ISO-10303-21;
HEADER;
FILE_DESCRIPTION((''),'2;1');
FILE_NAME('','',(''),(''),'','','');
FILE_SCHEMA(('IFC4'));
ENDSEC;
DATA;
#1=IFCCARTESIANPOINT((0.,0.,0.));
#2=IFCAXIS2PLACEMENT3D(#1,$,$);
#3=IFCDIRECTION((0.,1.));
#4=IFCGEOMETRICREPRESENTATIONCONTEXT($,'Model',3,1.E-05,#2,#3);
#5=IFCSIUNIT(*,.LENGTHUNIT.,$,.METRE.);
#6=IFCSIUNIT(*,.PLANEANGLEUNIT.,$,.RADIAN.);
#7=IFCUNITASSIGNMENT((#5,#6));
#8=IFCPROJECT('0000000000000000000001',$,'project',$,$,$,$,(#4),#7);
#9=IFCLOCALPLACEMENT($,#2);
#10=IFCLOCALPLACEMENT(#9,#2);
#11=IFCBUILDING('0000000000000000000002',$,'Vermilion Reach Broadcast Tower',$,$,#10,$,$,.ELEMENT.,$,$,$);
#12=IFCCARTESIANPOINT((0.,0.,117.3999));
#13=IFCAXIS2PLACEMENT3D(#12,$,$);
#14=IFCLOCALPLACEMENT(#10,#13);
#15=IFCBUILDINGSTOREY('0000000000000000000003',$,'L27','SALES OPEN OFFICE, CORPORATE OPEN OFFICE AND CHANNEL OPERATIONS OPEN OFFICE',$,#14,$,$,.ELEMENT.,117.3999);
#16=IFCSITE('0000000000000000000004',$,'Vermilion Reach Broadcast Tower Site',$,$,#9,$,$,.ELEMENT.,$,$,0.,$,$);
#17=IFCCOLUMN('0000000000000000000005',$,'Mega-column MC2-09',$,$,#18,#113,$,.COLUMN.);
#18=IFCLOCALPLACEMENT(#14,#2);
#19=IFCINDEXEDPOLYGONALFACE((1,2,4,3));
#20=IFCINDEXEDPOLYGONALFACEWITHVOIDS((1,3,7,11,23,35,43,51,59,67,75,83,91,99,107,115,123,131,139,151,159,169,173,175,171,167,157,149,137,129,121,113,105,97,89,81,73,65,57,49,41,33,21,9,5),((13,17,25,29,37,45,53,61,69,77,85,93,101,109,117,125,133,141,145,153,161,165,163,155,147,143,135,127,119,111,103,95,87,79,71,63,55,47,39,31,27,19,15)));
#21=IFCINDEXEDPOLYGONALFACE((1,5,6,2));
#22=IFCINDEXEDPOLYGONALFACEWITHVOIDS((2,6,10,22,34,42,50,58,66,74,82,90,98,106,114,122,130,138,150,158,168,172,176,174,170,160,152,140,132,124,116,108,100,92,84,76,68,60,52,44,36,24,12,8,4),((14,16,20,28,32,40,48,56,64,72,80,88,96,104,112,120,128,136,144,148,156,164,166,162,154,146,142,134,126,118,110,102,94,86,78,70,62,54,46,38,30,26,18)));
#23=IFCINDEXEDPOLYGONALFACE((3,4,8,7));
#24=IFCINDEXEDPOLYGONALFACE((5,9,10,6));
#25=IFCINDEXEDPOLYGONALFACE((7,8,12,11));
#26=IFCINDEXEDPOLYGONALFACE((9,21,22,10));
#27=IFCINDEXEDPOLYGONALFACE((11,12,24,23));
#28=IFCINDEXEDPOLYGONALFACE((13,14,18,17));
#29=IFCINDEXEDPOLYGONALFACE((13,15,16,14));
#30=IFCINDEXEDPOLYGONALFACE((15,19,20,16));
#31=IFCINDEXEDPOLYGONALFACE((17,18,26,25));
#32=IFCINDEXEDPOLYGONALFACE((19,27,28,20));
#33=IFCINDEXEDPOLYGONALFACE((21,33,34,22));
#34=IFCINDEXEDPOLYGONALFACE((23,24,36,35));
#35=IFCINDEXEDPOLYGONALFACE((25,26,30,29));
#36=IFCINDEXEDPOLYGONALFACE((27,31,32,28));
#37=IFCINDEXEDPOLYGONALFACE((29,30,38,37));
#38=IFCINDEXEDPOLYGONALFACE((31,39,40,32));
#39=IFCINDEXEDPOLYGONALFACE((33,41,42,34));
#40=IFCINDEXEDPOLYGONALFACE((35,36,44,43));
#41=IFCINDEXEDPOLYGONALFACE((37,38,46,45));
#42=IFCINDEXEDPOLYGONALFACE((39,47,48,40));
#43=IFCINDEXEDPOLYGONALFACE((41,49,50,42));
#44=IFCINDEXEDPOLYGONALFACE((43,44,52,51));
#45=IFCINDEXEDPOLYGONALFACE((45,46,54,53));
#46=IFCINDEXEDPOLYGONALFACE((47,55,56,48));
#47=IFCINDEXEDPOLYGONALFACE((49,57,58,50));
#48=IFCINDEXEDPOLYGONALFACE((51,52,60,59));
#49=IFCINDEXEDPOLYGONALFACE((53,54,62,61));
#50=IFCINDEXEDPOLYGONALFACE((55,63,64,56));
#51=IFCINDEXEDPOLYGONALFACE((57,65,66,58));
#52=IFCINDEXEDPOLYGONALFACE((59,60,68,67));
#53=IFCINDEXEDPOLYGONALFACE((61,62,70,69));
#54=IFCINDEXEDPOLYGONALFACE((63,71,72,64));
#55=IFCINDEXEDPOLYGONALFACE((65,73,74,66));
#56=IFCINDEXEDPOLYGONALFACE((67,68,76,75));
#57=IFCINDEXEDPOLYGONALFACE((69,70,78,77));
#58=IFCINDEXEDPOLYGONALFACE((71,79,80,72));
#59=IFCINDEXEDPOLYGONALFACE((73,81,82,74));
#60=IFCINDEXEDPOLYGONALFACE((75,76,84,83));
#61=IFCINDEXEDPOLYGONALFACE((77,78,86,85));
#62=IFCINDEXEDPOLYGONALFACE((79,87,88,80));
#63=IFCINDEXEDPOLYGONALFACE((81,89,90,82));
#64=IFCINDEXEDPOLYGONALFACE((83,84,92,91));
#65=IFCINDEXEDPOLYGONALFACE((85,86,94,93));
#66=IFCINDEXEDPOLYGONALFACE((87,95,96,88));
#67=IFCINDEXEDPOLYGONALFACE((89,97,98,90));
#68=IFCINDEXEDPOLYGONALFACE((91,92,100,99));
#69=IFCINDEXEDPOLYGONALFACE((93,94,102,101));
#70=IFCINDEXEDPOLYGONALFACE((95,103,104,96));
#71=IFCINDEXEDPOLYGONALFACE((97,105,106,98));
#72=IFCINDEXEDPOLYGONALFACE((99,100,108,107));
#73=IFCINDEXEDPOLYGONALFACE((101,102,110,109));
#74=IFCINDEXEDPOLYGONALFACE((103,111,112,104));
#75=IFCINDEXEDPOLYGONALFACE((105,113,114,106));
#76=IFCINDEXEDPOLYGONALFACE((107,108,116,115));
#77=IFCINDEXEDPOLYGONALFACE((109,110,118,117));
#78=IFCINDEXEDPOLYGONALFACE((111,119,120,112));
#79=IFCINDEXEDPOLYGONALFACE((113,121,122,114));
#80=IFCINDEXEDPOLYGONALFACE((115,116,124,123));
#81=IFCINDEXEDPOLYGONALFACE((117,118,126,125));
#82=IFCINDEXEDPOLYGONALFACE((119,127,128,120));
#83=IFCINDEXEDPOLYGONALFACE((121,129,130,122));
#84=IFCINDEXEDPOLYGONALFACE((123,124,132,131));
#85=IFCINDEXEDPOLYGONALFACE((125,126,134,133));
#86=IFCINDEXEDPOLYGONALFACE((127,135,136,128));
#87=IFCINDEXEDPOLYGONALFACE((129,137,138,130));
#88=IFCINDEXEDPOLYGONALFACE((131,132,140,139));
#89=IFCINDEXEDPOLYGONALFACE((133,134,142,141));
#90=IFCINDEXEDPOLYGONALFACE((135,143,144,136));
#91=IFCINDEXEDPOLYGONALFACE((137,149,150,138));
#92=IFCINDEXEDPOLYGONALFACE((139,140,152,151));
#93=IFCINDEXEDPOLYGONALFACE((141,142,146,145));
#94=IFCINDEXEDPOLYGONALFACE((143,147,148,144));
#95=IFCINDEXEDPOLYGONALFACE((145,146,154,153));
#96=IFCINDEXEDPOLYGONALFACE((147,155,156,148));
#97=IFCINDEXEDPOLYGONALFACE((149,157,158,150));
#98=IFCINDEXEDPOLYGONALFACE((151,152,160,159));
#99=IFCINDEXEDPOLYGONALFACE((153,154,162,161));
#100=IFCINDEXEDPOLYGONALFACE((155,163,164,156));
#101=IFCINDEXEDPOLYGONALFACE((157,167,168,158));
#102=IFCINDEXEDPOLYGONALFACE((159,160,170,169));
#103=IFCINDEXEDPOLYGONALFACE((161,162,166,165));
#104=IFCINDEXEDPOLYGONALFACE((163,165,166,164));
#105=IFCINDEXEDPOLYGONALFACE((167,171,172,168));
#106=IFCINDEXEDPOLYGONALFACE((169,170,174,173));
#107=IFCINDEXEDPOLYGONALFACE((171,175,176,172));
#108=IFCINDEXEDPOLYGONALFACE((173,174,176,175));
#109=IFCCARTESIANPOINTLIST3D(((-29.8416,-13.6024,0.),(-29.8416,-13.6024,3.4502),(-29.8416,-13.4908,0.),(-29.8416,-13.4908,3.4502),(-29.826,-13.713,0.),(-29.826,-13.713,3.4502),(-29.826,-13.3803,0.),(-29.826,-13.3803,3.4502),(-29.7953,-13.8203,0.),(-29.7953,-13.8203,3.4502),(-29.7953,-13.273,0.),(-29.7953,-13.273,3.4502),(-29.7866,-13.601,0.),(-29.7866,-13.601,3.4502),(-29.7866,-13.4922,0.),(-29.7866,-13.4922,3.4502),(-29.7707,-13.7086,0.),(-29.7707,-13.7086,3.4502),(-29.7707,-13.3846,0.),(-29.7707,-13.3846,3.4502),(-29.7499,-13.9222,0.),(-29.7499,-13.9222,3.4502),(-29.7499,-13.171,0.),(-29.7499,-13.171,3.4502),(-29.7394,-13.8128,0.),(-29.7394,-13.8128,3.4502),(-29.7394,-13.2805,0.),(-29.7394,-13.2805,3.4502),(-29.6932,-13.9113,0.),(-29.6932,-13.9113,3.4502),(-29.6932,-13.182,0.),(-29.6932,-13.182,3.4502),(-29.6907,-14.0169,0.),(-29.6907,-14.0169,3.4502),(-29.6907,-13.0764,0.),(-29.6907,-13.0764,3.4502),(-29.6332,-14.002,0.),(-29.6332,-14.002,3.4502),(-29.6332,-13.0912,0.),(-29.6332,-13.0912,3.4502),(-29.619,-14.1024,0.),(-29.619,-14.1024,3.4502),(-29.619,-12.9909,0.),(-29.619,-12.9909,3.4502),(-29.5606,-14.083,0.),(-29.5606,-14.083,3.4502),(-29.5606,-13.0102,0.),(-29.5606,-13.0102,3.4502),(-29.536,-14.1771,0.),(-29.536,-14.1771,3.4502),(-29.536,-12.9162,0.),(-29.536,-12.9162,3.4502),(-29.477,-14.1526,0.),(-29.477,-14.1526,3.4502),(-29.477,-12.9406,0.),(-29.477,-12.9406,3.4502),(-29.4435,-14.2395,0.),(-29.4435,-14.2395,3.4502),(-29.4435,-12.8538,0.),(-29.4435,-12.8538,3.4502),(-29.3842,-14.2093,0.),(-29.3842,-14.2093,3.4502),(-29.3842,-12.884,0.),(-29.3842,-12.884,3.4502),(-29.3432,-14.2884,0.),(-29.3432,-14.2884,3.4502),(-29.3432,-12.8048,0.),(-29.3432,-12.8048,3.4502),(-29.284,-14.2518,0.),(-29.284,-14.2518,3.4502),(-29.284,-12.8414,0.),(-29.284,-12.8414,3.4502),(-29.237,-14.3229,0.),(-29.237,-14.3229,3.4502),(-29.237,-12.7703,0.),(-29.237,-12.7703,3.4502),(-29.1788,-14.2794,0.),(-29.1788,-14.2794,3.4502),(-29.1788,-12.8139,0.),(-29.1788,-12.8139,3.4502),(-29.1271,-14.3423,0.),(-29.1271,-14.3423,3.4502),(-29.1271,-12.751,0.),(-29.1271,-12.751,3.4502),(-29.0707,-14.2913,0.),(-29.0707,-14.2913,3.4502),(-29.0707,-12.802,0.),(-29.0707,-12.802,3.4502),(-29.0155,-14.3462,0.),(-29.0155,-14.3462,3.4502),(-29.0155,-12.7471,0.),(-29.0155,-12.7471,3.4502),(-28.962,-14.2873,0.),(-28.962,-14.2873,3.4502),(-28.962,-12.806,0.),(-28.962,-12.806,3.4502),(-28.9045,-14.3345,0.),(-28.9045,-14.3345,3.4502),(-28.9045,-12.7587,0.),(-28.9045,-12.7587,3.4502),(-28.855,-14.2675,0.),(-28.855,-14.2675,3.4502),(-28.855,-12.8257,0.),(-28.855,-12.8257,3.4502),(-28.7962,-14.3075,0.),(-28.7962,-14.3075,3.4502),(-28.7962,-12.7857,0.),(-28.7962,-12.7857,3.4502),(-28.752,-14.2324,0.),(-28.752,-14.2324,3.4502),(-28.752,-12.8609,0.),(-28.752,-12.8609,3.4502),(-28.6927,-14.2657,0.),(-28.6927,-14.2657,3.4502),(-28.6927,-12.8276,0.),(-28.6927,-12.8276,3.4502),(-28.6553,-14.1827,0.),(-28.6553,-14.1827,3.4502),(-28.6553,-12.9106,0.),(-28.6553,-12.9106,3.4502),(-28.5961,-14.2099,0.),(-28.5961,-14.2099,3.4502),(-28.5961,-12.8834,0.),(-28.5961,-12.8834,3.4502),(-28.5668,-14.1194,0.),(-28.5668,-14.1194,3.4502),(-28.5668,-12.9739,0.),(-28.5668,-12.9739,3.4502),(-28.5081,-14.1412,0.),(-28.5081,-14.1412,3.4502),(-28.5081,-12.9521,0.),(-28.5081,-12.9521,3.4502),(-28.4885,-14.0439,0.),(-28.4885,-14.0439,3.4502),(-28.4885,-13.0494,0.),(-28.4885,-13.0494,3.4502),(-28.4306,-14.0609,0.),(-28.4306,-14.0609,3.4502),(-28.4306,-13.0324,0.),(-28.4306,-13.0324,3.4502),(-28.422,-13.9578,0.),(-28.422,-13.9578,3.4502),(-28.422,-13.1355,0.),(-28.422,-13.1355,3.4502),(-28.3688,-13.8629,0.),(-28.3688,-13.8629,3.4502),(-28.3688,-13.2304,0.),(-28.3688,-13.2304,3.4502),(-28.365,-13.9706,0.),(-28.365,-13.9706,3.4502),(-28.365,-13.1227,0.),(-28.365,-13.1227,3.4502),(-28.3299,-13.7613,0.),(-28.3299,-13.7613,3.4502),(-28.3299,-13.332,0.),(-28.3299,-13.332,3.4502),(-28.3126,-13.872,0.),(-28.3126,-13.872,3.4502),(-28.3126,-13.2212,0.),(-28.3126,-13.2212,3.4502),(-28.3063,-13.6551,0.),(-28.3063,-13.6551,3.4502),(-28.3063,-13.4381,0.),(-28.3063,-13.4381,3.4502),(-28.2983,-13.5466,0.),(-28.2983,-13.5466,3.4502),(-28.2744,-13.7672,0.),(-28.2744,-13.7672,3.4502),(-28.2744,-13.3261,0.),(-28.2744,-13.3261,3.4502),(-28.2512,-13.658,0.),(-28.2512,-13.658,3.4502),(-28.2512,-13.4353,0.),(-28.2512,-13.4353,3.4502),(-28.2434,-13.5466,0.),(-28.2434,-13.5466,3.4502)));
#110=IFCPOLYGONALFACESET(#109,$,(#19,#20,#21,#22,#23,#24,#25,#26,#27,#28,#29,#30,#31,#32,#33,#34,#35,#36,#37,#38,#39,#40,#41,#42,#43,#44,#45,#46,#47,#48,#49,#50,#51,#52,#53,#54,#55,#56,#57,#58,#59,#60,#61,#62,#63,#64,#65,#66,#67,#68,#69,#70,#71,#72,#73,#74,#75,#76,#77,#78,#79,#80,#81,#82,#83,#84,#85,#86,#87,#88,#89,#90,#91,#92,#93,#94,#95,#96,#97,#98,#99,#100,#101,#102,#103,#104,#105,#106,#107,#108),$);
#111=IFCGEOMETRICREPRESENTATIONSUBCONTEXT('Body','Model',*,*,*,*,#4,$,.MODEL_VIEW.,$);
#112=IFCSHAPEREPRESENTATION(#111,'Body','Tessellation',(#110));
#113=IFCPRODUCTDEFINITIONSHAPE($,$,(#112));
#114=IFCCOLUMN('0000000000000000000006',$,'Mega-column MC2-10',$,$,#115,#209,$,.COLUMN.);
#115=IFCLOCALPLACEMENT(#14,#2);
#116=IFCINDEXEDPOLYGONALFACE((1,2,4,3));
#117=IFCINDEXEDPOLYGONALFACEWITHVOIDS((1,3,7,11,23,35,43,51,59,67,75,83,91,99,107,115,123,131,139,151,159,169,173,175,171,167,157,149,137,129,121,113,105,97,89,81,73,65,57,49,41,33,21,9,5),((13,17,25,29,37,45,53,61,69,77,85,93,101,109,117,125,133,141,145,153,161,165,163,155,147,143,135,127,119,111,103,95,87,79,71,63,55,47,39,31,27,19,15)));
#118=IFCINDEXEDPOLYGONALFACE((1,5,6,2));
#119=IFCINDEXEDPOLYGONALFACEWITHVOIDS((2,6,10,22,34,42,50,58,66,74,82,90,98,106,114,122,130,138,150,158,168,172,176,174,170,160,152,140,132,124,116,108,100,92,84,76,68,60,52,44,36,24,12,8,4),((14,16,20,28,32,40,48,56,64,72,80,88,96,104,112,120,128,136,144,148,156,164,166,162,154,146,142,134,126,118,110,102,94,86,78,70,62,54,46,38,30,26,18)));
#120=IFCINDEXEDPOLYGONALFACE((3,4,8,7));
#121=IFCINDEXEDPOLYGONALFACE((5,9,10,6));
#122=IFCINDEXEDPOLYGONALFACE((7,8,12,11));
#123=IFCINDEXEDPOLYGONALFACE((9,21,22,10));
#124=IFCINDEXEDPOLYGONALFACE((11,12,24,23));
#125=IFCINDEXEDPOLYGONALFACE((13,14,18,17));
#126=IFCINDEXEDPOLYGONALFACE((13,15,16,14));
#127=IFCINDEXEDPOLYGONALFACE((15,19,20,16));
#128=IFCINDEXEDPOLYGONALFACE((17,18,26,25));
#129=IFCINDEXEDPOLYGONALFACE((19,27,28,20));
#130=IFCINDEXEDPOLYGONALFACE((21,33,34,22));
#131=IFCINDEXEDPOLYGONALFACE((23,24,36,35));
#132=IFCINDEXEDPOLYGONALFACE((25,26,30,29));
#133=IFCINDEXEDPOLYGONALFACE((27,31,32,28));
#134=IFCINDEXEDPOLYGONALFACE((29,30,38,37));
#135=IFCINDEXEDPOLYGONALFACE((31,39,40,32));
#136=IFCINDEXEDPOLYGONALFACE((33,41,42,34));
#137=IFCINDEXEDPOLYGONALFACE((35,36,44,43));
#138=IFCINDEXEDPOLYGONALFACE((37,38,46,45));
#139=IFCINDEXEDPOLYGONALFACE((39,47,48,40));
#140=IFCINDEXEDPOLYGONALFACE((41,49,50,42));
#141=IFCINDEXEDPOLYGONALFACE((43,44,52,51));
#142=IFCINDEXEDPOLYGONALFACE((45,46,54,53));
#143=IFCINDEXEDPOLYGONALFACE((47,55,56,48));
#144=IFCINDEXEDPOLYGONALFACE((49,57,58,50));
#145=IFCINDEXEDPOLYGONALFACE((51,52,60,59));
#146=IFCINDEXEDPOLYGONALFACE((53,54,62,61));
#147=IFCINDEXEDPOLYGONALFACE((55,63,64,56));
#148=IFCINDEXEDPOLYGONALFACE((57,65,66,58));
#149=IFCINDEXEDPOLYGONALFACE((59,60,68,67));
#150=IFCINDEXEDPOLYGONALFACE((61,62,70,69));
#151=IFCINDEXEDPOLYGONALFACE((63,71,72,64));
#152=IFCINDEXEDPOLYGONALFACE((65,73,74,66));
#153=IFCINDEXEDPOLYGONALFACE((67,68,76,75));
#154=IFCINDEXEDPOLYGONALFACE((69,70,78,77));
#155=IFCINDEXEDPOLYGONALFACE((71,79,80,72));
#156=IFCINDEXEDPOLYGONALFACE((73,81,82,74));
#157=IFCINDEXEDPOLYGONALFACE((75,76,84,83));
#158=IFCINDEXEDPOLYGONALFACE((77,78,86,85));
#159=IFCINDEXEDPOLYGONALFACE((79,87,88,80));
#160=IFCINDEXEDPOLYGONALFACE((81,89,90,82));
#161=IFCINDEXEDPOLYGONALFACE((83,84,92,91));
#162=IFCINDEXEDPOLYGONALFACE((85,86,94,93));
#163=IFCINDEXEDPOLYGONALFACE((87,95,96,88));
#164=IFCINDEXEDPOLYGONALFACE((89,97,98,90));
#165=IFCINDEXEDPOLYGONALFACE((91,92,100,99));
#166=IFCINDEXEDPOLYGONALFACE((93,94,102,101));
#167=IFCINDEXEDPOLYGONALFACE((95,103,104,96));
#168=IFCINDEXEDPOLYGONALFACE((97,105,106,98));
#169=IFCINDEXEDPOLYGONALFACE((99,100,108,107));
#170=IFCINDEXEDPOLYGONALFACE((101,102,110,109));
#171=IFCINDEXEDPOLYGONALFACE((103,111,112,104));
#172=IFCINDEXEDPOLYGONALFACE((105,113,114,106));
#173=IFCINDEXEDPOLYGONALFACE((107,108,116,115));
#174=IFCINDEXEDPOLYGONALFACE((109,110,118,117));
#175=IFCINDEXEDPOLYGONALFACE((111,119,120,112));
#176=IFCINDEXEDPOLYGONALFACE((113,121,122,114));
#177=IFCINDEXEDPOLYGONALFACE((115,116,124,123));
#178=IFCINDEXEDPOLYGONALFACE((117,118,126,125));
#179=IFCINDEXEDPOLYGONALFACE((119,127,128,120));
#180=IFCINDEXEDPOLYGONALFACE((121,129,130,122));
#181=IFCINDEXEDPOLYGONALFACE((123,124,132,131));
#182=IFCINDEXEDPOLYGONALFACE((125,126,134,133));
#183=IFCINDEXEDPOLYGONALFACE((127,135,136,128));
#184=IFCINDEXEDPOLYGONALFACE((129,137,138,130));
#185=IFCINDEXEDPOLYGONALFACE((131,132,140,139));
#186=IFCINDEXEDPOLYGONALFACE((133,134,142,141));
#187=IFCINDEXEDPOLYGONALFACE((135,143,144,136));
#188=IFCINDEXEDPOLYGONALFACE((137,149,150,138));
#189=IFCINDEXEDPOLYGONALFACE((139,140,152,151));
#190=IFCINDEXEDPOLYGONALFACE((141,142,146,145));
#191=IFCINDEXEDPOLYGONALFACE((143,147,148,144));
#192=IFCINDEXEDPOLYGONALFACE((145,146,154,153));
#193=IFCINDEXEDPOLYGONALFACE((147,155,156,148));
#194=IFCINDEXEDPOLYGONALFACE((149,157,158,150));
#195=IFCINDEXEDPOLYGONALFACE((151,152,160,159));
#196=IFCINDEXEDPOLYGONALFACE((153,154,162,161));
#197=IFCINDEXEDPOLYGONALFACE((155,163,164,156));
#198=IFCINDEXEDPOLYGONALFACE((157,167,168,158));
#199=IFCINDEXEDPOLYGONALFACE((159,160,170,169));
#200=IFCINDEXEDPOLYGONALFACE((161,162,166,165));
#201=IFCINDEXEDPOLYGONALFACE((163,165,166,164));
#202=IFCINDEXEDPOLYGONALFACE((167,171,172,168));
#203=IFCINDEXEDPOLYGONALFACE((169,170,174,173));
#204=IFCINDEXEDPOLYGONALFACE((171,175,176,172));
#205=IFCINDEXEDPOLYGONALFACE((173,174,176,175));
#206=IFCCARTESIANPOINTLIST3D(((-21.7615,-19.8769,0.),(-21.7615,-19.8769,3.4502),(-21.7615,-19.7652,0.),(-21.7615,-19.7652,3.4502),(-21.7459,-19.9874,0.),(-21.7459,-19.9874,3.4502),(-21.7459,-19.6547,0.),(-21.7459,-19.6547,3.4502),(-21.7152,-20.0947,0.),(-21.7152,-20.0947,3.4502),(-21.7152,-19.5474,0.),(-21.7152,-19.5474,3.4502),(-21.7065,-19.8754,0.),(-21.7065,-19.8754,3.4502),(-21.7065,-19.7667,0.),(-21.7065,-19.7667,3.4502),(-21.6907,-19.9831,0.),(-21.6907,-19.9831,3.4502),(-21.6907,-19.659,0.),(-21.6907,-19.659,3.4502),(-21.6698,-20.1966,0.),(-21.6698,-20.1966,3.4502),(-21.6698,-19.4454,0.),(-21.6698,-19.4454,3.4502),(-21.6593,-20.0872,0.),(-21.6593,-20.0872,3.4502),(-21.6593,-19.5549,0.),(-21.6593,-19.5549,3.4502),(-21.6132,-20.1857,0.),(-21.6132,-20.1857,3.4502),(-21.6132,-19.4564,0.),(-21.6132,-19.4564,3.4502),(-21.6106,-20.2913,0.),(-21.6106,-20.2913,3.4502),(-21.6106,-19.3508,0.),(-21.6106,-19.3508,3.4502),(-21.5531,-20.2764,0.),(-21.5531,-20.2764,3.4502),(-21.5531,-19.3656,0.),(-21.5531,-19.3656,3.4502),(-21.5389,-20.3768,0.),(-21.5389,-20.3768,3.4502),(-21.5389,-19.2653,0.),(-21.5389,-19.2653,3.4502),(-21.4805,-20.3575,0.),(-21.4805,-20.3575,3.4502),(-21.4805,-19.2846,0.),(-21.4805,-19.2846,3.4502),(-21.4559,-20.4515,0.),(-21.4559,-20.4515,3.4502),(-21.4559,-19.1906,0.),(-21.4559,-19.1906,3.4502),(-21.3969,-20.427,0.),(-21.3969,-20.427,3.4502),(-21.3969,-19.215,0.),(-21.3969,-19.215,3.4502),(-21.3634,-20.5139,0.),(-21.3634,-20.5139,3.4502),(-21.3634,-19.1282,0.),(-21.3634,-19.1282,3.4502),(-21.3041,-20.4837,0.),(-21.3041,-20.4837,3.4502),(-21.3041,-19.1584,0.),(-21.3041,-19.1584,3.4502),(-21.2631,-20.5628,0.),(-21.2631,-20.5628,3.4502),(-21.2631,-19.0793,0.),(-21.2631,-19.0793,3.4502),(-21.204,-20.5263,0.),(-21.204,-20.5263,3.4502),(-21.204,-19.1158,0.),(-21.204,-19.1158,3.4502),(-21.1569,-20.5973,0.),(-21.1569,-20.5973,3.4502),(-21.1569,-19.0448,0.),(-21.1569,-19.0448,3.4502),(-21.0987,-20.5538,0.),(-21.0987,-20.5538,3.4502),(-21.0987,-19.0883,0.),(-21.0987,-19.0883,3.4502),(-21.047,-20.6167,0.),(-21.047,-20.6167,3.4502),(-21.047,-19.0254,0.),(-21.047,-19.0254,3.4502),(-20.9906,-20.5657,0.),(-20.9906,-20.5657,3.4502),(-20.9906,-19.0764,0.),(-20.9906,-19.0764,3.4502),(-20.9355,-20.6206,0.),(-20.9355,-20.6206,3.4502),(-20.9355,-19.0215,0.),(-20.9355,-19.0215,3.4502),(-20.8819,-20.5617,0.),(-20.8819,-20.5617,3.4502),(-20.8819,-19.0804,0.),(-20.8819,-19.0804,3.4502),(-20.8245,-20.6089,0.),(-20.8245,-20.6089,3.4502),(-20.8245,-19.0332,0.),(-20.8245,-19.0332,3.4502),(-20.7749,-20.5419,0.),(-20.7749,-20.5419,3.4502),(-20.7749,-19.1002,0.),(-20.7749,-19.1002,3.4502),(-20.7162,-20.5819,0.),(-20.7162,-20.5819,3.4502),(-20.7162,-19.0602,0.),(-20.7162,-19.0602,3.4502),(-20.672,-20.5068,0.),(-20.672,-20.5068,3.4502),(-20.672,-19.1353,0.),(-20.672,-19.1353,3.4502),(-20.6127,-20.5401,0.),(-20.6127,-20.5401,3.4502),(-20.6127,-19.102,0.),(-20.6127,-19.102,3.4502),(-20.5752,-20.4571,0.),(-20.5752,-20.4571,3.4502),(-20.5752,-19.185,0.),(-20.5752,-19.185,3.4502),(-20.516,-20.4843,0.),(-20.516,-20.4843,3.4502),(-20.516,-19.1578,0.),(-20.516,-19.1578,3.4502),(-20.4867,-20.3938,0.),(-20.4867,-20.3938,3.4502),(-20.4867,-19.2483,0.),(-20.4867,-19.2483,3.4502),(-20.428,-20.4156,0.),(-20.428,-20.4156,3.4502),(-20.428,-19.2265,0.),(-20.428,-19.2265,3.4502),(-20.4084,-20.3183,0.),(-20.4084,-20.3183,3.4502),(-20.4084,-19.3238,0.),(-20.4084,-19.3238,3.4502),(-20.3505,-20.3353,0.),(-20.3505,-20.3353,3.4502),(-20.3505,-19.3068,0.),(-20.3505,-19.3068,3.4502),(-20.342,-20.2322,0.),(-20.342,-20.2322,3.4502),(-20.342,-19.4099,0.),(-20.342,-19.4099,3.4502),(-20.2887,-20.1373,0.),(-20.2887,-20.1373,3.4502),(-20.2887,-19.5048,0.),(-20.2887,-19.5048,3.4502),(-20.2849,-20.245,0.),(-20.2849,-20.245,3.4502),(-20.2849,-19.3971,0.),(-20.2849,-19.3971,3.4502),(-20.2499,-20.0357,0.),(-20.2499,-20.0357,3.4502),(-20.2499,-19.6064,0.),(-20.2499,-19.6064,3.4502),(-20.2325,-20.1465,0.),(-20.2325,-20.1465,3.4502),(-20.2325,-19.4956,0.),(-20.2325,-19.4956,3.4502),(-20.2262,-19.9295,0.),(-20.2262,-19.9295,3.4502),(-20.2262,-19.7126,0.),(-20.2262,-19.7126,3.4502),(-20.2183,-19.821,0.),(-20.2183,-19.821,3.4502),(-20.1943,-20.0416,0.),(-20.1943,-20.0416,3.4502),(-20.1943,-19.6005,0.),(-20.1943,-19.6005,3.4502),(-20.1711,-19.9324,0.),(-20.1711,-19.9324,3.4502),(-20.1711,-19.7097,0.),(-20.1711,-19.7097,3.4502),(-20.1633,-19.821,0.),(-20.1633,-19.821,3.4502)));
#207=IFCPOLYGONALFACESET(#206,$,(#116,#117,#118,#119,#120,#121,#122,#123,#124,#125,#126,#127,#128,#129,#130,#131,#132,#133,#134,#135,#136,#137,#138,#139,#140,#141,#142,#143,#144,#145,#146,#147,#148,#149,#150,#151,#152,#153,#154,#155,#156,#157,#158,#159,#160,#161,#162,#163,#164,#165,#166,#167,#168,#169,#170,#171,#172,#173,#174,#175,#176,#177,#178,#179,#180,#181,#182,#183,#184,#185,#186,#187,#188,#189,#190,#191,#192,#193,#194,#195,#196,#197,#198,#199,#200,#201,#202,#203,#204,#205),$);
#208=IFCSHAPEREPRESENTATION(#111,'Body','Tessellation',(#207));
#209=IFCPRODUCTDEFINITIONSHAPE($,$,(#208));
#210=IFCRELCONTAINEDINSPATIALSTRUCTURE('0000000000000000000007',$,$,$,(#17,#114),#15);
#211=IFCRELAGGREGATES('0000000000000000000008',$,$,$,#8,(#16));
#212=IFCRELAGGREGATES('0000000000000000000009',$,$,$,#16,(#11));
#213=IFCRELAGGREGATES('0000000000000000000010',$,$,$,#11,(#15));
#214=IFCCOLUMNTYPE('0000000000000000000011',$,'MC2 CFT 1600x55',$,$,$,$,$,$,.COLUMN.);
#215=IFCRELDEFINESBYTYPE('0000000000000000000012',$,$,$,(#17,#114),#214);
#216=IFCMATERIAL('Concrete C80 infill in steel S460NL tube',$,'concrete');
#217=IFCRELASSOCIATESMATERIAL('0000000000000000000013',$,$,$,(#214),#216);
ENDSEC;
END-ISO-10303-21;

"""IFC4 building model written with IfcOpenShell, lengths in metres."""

from ifc_helpers import new_model, si_unit, direction, frame, origin, origin_2d, place, context, subcontext, project, spatial, hollow_circle, extrude, material, material_profile, profile_set, type_object, element, save


model = new_model("IFC4")

# Units and contexts
model_context = context("Model", 3, precision=1e-05, world=origin(), true_north=direction((0.0, 1.0)))
body_context = subcontext(model_context, "Body", "Model", "MODEL_VIEW")
ifc_project = project(units=[si_unit("LENGTHUNIT", "METRE"), si_unit("PLANEANGLEUNIT", "RADIAN")], contexts=[model_context])

# Site, building, storey
site_placement = place(None, origin())
site = spatial("IfcSite", under=ifc_project, at=site_placement, Name="Vermilion Reach Broadcast Tower Site", CompositionType="ELEMENT", RefElevation=0.0)
building_placement = place(site_placement, origin())
building = spatial("IfcBuilding", under=site, at=building_placement, Name="Vermilion Reach Broadcast Tower", CompositionType="ELEMENT")
storey_placement = place(building_placement, frame((0.0, 0.0, 117.3999)))
storey = spatial("IfcBuildingStorey", under=building, at=storey_placement, Name="L27", Description="SALES OPEN OFFICE, CORPORATE OPEN OFFICE AND CHANNEL OPERATIONS OPEN OFFICE", CompositionType="ELEMENT", Elevation=117.3999)

# Columns
ifc_material_1 = material(Name="Concrete C80 infill in steel S460NL tube", Category="concrete")
ifc_material_profile_1 = material_profile(ifc_material_1, hollow_circle(Radius=0.8, WallThickness=0.0549, at=origin_2d()), Name="Concrete C80 infill in steel S460NL tube CFT 1600x55")
ifc_profile_set_1 = profile_set([ifc_material_profile_1], Name="Concrete C80 infill in steel S460NL tube")
column_type = type_object("IfcColumnType", Name="MC2 CFT 1600x55", PredefinedType="COLUMN", material=ifc_profile_set_1)
for number, where, z_axis, x_axis, name in (
    (1, (-29.0435, -13.5466, 0.0), (0.0, 0.0, 1.0), (1.0, 0.0, 0.0), "Mega-column MC2-09"),
    (2, (-20.9634, -19.821, 0.0), (0.0, 0.0, 1.0), (1.0, 0.0, 0.0), "Mega-column MC2-10"),
):
    element("IfcColumn", number, at=place(storey_placement, frame(where, z_axis=z_axis, x_axis=x_axis)), inside=storey, type_object=column_type, Name=name, PredefinedType="COLUMN", context=body_context, shape_type="SweptSolid", body=[
        extrude(hollow_circle(Radius=0.8, WallThickness=0.0549, at=origin_2d()), origin(), (0.0, 0.0, 1.0), 3.4502),
    ])

save(model, "model.ifc")
